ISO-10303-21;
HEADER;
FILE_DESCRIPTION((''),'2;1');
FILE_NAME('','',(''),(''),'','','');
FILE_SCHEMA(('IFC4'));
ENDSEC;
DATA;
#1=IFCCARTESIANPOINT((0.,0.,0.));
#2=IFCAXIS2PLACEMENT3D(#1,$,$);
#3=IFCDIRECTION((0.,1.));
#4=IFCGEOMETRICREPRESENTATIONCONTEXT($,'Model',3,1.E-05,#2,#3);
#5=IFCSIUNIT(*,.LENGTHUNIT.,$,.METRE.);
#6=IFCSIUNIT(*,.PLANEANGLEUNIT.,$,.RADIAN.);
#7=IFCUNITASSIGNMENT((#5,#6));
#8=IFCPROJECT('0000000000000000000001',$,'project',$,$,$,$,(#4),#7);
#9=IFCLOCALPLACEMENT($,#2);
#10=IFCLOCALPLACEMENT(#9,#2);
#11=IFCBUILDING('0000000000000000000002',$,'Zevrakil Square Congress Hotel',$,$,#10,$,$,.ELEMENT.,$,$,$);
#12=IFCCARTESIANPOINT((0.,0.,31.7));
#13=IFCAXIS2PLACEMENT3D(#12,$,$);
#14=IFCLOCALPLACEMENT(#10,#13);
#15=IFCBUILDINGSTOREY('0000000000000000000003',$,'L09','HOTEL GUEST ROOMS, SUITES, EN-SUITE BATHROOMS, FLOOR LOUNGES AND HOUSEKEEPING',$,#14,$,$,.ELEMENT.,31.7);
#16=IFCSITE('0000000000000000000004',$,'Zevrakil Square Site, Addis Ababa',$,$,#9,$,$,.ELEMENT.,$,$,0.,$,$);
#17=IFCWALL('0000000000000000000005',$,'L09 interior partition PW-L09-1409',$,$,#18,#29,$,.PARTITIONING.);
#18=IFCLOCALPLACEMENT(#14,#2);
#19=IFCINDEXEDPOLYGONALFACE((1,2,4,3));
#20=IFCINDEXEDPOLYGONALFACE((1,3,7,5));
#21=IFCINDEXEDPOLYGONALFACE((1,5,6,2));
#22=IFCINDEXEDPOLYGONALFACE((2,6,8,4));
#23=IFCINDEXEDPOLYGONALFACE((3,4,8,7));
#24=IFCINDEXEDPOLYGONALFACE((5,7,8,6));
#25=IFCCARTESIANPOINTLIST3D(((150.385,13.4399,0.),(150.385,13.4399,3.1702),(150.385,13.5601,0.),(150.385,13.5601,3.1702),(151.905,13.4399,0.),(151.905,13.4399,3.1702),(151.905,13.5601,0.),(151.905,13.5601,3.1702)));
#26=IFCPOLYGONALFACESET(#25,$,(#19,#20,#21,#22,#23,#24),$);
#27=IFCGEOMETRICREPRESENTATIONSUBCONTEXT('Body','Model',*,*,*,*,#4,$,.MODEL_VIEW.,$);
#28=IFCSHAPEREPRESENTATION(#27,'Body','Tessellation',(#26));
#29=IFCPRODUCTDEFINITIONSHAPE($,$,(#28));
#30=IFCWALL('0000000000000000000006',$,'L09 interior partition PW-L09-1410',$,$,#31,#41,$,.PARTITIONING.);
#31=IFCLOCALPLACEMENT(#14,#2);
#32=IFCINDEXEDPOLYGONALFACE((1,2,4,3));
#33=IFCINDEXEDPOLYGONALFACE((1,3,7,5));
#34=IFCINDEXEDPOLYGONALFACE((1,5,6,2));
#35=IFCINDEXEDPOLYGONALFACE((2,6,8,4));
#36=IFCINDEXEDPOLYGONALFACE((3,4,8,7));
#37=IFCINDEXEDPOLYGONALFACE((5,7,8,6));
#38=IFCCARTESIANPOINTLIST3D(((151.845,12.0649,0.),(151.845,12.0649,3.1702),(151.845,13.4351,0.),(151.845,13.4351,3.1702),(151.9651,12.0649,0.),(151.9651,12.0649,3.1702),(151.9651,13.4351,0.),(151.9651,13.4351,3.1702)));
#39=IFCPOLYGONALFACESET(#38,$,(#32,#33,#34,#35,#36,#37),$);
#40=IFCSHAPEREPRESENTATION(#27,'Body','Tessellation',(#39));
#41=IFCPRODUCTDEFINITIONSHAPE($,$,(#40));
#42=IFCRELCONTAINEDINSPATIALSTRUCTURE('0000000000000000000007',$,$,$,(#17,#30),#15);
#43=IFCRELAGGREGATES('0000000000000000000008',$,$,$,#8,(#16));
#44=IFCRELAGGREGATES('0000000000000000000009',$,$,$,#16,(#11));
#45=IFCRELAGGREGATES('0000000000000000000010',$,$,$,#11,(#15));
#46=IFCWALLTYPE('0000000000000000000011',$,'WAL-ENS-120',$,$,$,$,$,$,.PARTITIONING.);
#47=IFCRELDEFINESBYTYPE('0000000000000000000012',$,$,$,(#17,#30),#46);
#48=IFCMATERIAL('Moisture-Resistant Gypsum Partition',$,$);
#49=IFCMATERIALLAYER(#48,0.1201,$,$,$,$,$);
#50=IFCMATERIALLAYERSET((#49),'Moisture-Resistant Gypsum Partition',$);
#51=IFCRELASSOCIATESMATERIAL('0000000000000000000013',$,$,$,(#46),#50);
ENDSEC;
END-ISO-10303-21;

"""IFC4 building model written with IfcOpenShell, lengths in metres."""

from ifc_helpers import new_model, si_unit, direction, frame, frame_2d, origin, place, context, subcontext, project, spatial, rectangle, extrude, material, layer, layer_set, type_object, element, save


model = new_model("IFC4")

# Units and contexts
model_context = context("Model", 3, precision=1e-05, world=origin(), true_north=direction((0.0, 1.0)))
body_context = subcontext(model_context, "Body", "Model", "MODEL_VIEW")
ifc_project = project(units=[si_unit("LENGTHUNIT", "METRE"), si_unit("PLANEANGLEUNIT", "RADIAN")], contexts=[model_context])

# Site, building, storey
site_placement = place(None, origin())
site = spatial("IfcSite", under=ifc_project, at=site_placement, Name="Zevrakil Square Site, Addis Ababa", CompositionType="ELEMENT", RefElevation=0.0)
building_placement = place(site_placement, origin())
building = spatial("IfcBuilding", under=site, at=building_placement, Name="Zevrakil Square Congress Hotel", CompositionType="ELEMENT")
storey_placement = place(building_placement, frame((0.0, 0.0, 31.7)))
storey = spatial("IfcBuildingStorey", under=building, at=storey_placement, Name="L09", Description="HOTEL GUEST ROOMS, SUITES, EN-SUITE BATHROOMS, FLOOR LOUNGES AND HOUSEKEEPING", CompositionType="ELEMENT", Elevation=31.7)

# Shared definitions
ifc_material_1 = material(Name="Moisture-Resistant Gypsum Partition")
ifc_layer_1 = layer(ifc_material_1, 0.1201)
ifc_layer_set_1 = layer_set([ifc_layer_1], Name="Moisture-Resistant Gypsum Partition")
wall_type_1 = type_object("IfcWallType", Name="WAL-ENS-120", PredefinedType="PARTITIONING", material=ifc_layer_set_1)

# Walls
wall_1_placement = place(storey_placement, frame((150.385, 13.5, 0.0), z_axis=(0.0, 0.0, 1.0), x_axis=(1.0, 0.0, 0.0)))
element("IfcWall", 1, at=wall_1_placement, inside=storey, type_object=wall_type_1, Name="L09 interior partition PW-L09-1409", PredefinedType="PARTITIONING", context=body_context, shape_type="SweptSolid", body=[
    extrude(rectangle(XDim=1.52, YDim=0.1201, at=frame_2d((0.76, 0.0))), origin(), (0.0, 0.0, 1.0), 3.1702),
])
wall_2_placement = place(storey_placement, frame((151.905, 12.0649, 0.0), z_axis=(0.0, 0.0, 1.0), x_axis=(0.0, 1.0, 0.0)))
element("IfcWall", 2, at=wall_2_placement, inside=storey, type_object=wall_type_1, Name="L09 interior partition PW-L09-1410", PredefinedType="PARTITIONING", context=body_context, shape_type="SweptSolid", body=[
    extrude(rectangle(XDim=1.3701, YDim=0.1201, at=frame_2d((0.6851, 0.0))), origin(), (0.0, 0.0, 1.0), 3.1702),
])

save(model, "model.ifc")
